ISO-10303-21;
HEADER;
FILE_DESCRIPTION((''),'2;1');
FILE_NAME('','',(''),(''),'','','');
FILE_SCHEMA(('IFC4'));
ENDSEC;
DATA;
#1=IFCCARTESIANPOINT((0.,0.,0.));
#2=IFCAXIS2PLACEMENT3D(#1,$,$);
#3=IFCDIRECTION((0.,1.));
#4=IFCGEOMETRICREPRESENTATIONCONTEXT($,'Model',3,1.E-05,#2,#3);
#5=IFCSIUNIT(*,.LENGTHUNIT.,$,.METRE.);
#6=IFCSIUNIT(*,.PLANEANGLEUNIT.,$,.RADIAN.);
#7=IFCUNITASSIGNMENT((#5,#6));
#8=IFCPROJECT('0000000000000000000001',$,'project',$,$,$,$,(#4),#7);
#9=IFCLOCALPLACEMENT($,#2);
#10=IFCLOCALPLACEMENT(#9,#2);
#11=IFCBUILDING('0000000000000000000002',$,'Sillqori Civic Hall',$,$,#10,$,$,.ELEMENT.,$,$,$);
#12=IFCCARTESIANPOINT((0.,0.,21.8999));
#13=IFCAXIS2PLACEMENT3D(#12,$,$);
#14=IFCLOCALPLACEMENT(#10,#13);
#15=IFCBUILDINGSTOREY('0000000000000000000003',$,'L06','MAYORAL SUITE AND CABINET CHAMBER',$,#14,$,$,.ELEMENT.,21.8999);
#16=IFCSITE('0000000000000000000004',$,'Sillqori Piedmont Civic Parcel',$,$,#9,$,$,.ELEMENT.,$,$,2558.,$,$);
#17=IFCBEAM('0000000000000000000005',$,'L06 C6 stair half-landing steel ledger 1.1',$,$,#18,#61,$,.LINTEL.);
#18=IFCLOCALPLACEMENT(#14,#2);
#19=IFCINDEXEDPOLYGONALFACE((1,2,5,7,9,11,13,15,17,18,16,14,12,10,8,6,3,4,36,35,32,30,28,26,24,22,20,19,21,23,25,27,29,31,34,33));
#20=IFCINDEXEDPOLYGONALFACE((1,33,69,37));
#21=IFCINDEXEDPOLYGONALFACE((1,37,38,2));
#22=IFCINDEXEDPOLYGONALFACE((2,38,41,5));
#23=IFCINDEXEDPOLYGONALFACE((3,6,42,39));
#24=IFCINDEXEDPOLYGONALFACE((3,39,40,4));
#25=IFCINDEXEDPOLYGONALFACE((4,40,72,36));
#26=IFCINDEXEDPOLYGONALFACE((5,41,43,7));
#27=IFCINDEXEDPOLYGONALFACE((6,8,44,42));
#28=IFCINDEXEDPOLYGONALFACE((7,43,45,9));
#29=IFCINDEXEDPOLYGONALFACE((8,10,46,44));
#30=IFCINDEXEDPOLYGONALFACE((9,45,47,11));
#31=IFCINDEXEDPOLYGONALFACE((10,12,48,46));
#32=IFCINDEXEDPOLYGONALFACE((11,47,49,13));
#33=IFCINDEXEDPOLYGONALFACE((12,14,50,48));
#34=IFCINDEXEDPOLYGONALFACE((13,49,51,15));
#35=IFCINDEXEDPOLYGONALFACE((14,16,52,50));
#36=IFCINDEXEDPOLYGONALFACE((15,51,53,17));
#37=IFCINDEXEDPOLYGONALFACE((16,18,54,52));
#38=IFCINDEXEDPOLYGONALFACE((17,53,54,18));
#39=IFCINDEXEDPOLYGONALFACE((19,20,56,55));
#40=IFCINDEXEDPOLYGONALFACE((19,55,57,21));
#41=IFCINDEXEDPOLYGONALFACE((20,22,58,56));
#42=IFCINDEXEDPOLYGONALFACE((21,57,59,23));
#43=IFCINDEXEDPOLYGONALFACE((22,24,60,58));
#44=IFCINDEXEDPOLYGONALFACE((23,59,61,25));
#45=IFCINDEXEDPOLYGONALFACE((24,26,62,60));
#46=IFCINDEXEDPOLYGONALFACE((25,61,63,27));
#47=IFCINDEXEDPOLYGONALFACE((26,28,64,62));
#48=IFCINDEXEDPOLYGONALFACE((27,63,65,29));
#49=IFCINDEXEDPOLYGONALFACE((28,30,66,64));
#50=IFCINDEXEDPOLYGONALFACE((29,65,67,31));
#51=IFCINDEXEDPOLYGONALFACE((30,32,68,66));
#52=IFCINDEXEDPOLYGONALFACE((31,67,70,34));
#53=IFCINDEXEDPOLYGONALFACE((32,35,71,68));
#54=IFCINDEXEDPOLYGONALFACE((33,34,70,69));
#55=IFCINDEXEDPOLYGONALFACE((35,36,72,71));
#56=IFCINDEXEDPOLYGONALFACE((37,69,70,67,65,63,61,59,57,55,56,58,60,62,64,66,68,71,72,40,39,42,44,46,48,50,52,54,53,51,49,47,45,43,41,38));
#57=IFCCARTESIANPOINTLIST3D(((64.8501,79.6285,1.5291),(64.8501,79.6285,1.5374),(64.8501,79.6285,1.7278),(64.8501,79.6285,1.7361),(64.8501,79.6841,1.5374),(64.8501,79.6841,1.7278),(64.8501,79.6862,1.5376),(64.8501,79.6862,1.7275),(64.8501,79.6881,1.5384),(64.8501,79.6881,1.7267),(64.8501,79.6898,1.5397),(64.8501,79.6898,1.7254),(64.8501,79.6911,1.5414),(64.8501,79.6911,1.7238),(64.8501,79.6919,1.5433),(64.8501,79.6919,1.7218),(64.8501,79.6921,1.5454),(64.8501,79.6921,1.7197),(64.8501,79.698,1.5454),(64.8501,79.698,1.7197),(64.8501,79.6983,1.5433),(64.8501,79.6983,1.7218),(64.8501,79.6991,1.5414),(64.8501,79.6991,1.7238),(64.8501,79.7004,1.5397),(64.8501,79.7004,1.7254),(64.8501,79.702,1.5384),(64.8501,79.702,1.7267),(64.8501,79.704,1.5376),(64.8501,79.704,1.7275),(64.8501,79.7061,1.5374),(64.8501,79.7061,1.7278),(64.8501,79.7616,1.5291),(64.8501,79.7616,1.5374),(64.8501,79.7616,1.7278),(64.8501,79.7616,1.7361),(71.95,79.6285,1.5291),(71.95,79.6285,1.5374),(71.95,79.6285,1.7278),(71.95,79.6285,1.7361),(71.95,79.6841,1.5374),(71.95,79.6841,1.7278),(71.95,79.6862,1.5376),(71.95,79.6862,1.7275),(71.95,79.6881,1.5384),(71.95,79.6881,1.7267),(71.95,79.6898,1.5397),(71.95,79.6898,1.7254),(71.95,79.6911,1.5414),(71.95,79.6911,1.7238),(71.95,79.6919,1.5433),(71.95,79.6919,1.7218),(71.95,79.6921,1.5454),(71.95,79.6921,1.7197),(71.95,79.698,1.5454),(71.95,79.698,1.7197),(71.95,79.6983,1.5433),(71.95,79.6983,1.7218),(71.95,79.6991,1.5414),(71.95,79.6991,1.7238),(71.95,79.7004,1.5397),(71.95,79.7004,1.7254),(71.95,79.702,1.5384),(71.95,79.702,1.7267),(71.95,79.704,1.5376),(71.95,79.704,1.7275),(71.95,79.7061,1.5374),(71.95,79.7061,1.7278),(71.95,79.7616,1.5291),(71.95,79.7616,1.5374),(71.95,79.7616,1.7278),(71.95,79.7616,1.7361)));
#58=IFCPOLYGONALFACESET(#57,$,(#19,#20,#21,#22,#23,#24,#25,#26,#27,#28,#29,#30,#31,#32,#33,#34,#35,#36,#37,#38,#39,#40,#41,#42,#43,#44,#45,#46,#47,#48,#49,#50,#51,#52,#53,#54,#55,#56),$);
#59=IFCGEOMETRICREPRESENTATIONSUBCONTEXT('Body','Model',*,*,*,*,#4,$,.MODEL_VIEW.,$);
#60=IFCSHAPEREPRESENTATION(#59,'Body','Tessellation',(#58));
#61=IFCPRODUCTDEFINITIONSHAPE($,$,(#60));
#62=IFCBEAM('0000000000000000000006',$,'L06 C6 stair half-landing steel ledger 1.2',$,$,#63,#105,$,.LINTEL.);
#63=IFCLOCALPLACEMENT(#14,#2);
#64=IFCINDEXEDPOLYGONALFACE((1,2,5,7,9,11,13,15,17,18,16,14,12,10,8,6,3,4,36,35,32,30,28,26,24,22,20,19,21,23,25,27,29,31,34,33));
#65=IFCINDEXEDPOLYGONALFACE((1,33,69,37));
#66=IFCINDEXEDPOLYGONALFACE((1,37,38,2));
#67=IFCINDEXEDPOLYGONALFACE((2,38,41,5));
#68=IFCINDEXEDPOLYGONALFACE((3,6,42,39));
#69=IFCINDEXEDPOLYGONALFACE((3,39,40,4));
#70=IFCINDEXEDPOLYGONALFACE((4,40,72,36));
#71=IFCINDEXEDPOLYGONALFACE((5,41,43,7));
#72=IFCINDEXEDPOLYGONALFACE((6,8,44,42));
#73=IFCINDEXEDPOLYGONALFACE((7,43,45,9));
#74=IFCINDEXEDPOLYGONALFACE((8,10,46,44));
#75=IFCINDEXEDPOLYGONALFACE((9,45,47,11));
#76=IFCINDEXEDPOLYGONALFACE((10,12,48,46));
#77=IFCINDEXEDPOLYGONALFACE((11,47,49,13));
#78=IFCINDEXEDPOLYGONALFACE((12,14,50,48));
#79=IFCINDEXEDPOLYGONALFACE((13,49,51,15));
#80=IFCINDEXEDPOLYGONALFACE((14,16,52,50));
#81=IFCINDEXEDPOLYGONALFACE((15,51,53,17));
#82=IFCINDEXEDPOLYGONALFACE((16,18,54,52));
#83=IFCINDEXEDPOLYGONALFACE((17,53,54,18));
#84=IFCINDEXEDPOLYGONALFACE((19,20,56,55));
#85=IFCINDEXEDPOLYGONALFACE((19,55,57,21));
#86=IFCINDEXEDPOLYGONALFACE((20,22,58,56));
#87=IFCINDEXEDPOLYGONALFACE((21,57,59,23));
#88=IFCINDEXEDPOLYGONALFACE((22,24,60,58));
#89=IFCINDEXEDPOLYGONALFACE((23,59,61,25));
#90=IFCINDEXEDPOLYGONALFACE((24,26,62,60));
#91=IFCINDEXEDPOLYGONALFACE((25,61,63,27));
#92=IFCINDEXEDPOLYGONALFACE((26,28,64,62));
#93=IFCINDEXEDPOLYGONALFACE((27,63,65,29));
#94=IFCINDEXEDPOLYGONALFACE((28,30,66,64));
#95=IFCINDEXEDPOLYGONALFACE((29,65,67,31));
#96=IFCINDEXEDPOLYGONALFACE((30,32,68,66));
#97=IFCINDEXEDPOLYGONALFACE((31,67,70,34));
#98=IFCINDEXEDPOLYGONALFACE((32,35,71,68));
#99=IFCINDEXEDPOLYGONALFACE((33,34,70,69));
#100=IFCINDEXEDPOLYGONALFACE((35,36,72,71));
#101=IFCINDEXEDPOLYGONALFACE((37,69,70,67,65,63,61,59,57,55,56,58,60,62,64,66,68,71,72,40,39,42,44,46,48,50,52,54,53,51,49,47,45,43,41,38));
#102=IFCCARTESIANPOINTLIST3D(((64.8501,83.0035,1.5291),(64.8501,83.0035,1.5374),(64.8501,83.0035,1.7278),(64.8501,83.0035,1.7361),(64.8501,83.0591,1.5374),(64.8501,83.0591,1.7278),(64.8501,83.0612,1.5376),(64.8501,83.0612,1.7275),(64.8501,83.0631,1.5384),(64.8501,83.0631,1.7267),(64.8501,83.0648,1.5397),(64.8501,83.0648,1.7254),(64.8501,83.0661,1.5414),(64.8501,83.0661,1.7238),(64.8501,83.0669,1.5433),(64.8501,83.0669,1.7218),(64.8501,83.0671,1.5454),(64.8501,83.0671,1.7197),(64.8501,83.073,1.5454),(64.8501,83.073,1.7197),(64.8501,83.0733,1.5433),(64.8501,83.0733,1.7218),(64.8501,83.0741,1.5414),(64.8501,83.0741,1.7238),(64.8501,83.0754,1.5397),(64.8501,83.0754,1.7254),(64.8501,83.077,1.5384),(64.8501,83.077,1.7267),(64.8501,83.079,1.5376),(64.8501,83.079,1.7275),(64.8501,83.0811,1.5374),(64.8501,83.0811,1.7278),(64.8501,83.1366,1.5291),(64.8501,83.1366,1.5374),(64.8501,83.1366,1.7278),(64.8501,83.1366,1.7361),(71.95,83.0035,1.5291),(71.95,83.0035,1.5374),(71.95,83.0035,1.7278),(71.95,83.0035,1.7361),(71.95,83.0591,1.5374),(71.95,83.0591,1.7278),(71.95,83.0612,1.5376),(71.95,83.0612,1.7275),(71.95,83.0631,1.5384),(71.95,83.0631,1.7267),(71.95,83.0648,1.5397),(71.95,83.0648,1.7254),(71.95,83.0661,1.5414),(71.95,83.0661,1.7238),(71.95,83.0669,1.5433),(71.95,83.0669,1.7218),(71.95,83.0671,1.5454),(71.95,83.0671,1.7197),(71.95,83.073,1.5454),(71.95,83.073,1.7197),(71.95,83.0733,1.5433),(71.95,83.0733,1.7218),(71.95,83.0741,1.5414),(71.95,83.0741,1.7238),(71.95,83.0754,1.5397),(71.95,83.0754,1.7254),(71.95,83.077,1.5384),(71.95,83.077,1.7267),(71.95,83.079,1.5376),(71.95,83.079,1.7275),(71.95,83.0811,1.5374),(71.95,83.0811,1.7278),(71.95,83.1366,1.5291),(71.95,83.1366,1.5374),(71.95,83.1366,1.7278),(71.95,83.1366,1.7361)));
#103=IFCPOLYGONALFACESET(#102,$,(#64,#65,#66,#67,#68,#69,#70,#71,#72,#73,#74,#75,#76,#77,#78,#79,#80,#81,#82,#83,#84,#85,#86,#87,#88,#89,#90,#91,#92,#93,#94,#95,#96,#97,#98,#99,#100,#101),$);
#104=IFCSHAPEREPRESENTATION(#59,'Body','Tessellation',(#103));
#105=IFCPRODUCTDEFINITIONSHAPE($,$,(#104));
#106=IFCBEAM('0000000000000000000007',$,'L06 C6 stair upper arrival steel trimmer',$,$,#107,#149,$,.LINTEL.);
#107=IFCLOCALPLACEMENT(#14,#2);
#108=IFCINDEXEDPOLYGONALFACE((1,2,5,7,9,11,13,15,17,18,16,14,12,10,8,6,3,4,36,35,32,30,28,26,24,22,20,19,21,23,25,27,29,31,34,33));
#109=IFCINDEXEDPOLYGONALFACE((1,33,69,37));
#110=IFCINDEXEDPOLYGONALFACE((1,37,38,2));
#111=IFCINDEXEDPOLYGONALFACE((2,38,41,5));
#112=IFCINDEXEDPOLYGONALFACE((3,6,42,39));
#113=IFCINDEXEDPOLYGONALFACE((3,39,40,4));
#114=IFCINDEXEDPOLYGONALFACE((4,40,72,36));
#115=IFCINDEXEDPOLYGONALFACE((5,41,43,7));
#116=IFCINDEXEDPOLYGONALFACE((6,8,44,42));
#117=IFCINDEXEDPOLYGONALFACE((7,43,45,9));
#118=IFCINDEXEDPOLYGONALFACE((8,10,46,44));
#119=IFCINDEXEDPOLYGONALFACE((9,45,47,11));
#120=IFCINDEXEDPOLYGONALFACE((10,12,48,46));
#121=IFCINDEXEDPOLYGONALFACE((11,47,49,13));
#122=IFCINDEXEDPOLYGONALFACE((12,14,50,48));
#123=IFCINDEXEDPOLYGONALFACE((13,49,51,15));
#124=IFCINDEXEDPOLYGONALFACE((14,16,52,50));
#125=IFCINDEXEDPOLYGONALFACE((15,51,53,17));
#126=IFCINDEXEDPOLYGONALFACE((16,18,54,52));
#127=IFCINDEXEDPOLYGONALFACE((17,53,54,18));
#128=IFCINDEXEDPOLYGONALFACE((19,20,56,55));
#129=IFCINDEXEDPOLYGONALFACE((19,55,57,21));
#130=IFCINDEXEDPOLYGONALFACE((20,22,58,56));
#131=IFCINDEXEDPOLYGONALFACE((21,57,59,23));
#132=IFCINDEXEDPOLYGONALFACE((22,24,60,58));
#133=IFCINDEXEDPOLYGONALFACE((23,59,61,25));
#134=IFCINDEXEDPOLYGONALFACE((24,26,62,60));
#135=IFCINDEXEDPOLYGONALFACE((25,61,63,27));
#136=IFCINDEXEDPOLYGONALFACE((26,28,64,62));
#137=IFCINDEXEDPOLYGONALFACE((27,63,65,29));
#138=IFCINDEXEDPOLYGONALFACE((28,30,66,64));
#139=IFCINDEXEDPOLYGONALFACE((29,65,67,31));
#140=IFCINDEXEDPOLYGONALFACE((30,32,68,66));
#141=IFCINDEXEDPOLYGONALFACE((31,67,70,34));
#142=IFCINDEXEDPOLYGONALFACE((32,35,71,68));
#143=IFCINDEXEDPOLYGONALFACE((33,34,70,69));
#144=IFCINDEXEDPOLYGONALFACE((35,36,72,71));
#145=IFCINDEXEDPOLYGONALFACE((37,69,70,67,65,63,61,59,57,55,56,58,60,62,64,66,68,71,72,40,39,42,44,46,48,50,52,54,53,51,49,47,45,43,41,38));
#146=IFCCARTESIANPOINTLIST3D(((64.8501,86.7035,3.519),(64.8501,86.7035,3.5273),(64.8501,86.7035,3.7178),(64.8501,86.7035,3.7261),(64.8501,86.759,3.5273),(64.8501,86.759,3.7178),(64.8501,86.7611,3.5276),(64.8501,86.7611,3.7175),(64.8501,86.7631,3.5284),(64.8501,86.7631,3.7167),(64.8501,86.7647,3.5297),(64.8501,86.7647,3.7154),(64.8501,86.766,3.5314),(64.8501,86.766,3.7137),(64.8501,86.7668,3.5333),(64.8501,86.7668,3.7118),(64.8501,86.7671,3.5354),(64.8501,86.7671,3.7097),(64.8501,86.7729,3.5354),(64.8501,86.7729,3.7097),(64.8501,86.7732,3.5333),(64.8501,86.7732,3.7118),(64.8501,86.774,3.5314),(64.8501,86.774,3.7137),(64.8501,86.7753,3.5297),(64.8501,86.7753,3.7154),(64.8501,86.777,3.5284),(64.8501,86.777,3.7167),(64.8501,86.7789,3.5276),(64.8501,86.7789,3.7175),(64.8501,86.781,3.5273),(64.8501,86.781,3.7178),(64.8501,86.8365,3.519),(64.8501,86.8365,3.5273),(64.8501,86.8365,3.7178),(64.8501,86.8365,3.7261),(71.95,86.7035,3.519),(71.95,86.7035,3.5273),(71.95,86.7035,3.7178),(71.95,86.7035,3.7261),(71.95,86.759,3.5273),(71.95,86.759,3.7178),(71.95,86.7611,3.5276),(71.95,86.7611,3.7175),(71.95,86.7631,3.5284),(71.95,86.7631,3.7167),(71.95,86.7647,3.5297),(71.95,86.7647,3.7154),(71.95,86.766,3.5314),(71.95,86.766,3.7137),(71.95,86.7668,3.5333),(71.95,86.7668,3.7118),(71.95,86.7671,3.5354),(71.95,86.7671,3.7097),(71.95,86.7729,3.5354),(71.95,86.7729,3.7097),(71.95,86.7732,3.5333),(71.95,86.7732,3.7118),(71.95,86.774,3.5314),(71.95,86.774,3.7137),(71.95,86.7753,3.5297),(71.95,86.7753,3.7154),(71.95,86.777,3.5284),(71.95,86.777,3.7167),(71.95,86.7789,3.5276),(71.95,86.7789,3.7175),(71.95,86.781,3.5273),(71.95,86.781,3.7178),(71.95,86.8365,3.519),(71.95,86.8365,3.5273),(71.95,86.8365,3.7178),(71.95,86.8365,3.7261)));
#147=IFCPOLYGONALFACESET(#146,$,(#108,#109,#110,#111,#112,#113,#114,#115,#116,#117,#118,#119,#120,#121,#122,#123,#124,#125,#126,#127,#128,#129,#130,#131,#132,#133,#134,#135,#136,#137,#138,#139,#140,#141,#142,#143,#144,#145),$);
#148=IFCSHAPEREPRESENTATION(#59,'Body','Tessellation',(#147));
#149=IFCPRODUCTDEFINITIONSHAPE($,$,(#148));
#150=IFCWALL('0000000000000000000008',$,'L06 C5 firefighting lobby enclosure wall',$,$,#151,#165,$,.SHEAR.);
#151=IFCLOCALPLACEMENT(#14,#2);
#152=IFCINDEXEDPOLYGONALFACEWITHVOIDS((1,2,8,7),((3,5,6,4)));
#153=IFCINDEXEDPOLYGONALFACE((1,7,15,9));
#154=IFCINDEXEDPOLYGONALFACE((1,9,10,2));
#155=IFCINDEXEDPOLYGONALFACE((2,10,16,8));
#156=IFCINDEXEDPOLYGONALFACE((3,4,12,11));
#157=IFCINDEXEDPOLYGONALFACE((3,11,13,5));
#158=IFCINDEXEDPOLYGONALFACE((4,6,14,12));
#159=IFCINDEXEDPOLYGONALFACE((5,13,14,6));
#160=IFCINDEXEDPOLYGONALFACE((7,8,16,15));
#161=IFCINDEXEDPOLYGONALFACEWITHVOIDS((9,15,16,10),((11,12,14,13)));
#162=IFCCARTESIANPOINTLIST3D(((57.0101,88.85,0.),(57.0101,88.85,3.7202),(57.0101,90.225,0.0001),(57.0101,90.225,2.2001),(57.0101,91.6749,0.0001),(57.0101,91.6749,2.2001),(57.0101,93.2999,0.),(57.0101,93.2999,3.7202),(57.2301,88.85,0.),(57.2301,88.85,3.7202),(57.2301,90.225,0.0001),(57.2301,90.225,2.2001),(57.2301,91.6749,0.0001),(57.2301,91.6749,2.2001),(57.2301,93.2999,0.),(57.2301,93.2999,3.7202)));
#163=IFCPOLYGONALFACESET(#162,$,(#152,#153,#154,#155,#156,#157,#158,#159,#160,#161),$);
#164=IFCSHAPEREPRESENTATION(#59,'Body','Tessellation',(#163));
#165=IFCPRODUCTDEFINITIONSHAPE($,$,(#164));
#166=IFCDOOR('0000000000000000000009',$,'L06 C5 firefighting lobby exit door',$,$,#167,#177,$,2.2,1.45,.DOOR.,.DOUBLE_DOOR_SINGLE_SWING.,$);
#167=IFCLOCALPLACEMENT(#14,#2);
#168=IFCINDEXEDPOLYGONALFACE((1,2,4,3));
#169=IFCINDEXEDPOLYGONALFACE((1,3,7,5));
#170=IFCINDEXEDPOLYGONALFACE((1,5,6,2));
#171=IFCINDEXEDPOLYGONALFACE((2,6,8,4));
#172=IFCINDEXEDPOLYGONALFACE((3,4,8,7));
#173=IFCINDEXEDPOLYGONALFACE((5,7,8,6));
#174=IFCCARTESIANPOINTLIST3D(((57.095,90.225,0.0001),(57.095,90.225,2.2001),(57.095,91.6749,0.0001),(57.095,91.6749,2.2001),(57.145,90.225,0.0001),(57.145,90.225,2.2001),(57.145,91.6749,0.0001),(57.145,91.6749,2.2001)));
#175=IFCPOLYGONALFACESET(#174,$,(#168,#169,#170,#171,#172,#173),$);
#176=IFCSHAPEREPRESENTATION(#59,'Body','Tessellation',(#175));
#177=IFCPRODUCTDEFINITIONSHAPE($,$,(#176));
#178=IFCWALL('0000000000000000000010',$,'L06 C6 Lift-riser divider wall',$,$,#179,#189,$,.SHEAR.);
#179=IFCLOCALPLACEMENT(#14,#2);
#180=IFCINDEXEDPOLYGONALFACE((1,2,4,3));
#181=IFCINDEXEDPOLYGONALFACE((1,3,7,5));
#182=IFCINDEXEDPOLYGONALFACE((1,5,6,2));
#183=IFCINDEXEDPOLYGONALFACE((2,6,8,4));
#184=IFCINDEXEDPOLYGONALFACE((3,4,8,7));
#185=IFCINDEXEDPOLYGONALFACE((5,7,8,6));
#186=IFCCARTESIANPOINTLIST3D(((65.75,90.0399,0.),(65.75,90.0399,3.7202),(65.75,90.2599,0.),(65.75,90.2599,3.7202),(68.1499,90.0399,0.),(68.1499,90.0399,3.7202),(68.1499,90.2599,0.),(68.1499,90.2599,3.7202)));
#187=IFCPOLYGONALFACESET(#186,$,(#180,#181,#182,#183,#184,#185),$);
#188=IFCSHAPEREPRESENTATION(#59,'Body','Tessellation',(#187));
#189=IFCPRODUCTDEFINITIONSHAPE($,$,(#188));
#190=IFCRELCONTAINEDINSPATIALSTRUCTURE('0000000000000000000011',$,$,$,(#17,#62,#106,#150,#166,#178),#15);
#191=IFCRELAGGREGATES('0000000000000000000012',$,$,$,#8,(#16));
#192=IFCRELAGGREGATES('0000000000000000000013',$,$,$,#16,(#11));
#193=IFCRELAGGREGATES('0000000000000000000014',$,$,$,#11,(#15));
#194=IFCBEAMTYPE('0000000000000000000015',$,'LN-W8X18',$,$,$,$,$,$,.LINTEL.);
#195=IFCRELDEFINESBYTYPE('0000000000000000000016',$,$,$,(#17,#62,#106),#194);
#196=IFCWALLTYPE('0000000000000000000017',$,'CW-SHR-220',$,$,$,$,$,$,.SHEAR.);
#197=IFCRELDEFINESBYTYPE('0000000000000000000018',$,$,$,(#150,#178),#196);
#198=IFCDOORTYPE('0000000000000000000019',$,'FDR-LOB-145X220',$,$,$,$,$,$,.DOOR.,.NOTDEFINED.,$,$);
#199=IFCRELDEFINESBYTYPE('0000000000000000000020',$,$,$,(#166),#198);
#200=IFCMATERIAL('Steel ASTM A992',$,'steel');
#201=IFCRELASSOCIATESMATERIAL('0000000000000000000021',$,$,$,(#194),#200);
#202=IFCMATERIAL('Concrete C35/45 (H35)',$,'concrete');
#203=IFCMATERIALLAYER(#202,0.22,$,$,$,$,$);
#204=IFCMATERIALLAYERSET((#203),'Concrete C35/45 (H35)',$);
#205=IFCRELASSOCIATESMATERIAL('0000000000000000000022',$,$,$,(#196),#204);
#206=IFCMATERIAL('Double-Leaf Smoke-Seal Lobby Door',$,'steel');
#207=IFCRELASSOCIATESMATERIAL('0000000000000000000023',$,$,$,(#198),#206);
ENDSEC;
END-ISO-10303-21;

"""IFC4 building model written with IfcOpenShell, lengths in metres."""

from ifc_helpers import new_model, si_unit, direction, frame, frame_2d, origin, origin_2d, place, context, subcontext, project, spatial, rectangle, i_section, extrude, material, layer, layer_set, material_profile, profile_set, type_object, element, fill, save


model = new_model("IFC4")

# Units and contexts
model_context = context("Model", 3, precision=1e-05, world=origin(), true_north=direction((0.0, 1.0)))
body_context = subcontext(model_context, "Body", "Model", "MODEL_VIEW")
ifc_project = project(units=[si_unit("LENGTHUNIT", "METRE"), si_unit("PLANEANGLEUNIT", "RADIAN")], contexts=[model_context])

# Site, building, storey
site_placement = place(None, origin())
site = spatial("IfcSite", under=ifc_project, at=site_placement, Name="Sillqori Piedmont Civic Parcel", CompositionType="ELEMENT", RefElevation=2558.0)
building_placement = place(site_placement, origin())
building = spatial("IfcBuilding", under=site, at=building_placement, Name="Sillqori Civic Hall", CompositionType="ELEMENT")
storey_placement = place(building_placement, frame((0.0, 0.0, 21.8999)))
storey = spatial("IfcBuildingStorey", under=building, at=storey_placement, Name="L06", Description="MAYORAL SUITE AND CABINET CHAMBER", CompositionType="ELEMENT", Elevation=21.8999)

# Shared definitions
ifc_material_1 = material(Name="Steel ASTM A992", Category="steel")

# Beams
ifc_material_profile_1 = material_profile(ifc_material_1, i_section(OverallWidth=0.1331, OverallDepth=0.207, WebThickness=0.0059, FlangeThickness=0.0083, FilletRadius=0.0081, at=origin_2d()), Name="W8X18")
ifc_profile_set_1 = profile_set([ifc_material_profile_1], Name="Steel ASTM A992")
beam_type_1 = type_object("IfcBeamType", Name="LN-W8X18", PredefinedType="LINTEL", material=ifc_profile_set_1)
for number, where, z_axis, x_axis, name in (
    (1, (64.8501, 79.6951, 1.6326), (1.0, 0.0, 0.0), (0.0, 1.0, 0.0), "L06 C6 stair half-landing steel ledger 1.1"),
    (2, (64.8501, 83.0701, 1.6326), (1.0, 0.0, 0.0), (0.0, 1.0, 0.0), "L06 C6 stair half-landing steel ledger 1.2"),
    (3, (64.8501, 86.77, 3.6226), (1.0, 0.0, 0.0), (0.0, 1.0, 0.0), "L06 C6 stair upper arrival steel trimmer"),
):
    element("IfcBeam", number, at=place(storey_placement, frame(where, z_axis=z_axis, x_axis=x_axis)), inside=storey, type_object=beam_type_1, Name=name, PredefinedType="LINTEL", context=body_context, shape_type="SweptSolid", body=[
        extrude(i_section(OverallWidth=0.1331, OverallDepth=0.207, WebThickness=0.0059, FlangeThickness=0.0083, FilletRadius=0.0081, at=origin_2d()), origin(), (0.0, 0.0, 1.0), 7.0999),
    ])

# Wall, opening, door
ifc_material_2 = material(Name="Concrete C35/45 (H35)", Category="concrete")
ifc_layer_1 = layer(ifc_material_2, 0.22)
ifc_layer_set_1 = layer_set([ifc_layer_1], Name="Concrete C35/45 (H35)")
wall_type_1 = type_object("IfcWallType", Name="CW-SHR-220", PredefinedType="SHEAR", material=ifc_layer_set_1)
wall_1_placement = place(storey_placement, frame((57.1201, 93.3, 0.0), z_axis=(0.0, 0.0, 1.0), x_axis=(0.0, -1.0, 0.0)))
wall_1 = element("IfcWall", 4, at=wall_1_placement, inside=storey, type_object=wall_type_1, Name="L06 C5 firefighting lobby enclosure wall", PredefinedType="SHEAR", context=body_context, shape_type="SweptSolid", body=[
    extrude(rectangle(XDim=4.45, YDim=0.22, at=frame_2d((2.2251, 0.0))), origin(), (0.0, 0.0, 1.0), 3.7202),
])
opening_1_placement = place(wall_1_placement, frame((1.625, 0.0, 0.0)))
opening_1 = element("IfcOpeningElement", 5, at=opening_1_placement, cuts=wall_1, PredefinedType="OPENING", context=body_context, shape_type="SweptSolid", body=[
    extrude(rectangle(XDim=1.45, YDim=2.2, at=frame_2d((0.7251, 1.1001))), frame((0.0, 0.1199, 0.0), z_axis=(0.0, -1.0, 0.0), x_axis=(1.0, 0.0, 0.0)), (0.0, 0.0, 1.0), 0.24),
])
ifc_material_3 = material(Name="Double-Leaf Smoke-Seal Lobby Door", Category="steel")
door_type_1 = type_object("IfcDoorType", Name="FDR-LOB-145X220", OperationType="NOTDEFINED", PredefinedType="DOOR", material=ifc_material_3)
door_1_placement = place(opening_1_placement, origin())
door_1 = element("IfcDoor", 6, at=door_1_placement, inside=storey, type_object=door_type_1, Name="L06 C5 firefighting lobby exit door", OperationType="DOUBLE_DOOR_SINGLE_SWING", OverallHeight=2.2, OverallWidth=1.45, PredefinedType="DOOR", context=body_context, shape_type="SweptSolid", body=[
    extrude(rectangle(XDim=1.45, YDim=2.2, at=frame_2d((0.7251, 1.1001))), frame((0.0, 0.0249, 0.0), z_axis=(0.0, -1.0, 0.0), x_axis=(1.0, 0.0, 0.0)), (0.0, 0.0, 1.0), 0.05),
])
fill(opening_1, door_1)

# Wall
wall_2_placement = place(storey_placement, frame((65.75, 90.1499, 0.0), z_axis=(0.0, 0.0, 1.0), x_axis=(1.0, 0.0, 0.0)))
element("IfcWall", 7, at=wall_2_placement, inside=storey, type_object=wall_type_1, Name="L06 C6 Lift-riser divider wall", PredefinedType="SHEAR", context=body_context, shape_type="SweptSolid", body=[
    extrude(rectangle(XDim=2.3999, YDim=0.22, at=frame_2d((1.2, 0.0))), origin(), (0.0, 0.0, 1.0), 3.7202),
])

save(model, "model.ifc")
